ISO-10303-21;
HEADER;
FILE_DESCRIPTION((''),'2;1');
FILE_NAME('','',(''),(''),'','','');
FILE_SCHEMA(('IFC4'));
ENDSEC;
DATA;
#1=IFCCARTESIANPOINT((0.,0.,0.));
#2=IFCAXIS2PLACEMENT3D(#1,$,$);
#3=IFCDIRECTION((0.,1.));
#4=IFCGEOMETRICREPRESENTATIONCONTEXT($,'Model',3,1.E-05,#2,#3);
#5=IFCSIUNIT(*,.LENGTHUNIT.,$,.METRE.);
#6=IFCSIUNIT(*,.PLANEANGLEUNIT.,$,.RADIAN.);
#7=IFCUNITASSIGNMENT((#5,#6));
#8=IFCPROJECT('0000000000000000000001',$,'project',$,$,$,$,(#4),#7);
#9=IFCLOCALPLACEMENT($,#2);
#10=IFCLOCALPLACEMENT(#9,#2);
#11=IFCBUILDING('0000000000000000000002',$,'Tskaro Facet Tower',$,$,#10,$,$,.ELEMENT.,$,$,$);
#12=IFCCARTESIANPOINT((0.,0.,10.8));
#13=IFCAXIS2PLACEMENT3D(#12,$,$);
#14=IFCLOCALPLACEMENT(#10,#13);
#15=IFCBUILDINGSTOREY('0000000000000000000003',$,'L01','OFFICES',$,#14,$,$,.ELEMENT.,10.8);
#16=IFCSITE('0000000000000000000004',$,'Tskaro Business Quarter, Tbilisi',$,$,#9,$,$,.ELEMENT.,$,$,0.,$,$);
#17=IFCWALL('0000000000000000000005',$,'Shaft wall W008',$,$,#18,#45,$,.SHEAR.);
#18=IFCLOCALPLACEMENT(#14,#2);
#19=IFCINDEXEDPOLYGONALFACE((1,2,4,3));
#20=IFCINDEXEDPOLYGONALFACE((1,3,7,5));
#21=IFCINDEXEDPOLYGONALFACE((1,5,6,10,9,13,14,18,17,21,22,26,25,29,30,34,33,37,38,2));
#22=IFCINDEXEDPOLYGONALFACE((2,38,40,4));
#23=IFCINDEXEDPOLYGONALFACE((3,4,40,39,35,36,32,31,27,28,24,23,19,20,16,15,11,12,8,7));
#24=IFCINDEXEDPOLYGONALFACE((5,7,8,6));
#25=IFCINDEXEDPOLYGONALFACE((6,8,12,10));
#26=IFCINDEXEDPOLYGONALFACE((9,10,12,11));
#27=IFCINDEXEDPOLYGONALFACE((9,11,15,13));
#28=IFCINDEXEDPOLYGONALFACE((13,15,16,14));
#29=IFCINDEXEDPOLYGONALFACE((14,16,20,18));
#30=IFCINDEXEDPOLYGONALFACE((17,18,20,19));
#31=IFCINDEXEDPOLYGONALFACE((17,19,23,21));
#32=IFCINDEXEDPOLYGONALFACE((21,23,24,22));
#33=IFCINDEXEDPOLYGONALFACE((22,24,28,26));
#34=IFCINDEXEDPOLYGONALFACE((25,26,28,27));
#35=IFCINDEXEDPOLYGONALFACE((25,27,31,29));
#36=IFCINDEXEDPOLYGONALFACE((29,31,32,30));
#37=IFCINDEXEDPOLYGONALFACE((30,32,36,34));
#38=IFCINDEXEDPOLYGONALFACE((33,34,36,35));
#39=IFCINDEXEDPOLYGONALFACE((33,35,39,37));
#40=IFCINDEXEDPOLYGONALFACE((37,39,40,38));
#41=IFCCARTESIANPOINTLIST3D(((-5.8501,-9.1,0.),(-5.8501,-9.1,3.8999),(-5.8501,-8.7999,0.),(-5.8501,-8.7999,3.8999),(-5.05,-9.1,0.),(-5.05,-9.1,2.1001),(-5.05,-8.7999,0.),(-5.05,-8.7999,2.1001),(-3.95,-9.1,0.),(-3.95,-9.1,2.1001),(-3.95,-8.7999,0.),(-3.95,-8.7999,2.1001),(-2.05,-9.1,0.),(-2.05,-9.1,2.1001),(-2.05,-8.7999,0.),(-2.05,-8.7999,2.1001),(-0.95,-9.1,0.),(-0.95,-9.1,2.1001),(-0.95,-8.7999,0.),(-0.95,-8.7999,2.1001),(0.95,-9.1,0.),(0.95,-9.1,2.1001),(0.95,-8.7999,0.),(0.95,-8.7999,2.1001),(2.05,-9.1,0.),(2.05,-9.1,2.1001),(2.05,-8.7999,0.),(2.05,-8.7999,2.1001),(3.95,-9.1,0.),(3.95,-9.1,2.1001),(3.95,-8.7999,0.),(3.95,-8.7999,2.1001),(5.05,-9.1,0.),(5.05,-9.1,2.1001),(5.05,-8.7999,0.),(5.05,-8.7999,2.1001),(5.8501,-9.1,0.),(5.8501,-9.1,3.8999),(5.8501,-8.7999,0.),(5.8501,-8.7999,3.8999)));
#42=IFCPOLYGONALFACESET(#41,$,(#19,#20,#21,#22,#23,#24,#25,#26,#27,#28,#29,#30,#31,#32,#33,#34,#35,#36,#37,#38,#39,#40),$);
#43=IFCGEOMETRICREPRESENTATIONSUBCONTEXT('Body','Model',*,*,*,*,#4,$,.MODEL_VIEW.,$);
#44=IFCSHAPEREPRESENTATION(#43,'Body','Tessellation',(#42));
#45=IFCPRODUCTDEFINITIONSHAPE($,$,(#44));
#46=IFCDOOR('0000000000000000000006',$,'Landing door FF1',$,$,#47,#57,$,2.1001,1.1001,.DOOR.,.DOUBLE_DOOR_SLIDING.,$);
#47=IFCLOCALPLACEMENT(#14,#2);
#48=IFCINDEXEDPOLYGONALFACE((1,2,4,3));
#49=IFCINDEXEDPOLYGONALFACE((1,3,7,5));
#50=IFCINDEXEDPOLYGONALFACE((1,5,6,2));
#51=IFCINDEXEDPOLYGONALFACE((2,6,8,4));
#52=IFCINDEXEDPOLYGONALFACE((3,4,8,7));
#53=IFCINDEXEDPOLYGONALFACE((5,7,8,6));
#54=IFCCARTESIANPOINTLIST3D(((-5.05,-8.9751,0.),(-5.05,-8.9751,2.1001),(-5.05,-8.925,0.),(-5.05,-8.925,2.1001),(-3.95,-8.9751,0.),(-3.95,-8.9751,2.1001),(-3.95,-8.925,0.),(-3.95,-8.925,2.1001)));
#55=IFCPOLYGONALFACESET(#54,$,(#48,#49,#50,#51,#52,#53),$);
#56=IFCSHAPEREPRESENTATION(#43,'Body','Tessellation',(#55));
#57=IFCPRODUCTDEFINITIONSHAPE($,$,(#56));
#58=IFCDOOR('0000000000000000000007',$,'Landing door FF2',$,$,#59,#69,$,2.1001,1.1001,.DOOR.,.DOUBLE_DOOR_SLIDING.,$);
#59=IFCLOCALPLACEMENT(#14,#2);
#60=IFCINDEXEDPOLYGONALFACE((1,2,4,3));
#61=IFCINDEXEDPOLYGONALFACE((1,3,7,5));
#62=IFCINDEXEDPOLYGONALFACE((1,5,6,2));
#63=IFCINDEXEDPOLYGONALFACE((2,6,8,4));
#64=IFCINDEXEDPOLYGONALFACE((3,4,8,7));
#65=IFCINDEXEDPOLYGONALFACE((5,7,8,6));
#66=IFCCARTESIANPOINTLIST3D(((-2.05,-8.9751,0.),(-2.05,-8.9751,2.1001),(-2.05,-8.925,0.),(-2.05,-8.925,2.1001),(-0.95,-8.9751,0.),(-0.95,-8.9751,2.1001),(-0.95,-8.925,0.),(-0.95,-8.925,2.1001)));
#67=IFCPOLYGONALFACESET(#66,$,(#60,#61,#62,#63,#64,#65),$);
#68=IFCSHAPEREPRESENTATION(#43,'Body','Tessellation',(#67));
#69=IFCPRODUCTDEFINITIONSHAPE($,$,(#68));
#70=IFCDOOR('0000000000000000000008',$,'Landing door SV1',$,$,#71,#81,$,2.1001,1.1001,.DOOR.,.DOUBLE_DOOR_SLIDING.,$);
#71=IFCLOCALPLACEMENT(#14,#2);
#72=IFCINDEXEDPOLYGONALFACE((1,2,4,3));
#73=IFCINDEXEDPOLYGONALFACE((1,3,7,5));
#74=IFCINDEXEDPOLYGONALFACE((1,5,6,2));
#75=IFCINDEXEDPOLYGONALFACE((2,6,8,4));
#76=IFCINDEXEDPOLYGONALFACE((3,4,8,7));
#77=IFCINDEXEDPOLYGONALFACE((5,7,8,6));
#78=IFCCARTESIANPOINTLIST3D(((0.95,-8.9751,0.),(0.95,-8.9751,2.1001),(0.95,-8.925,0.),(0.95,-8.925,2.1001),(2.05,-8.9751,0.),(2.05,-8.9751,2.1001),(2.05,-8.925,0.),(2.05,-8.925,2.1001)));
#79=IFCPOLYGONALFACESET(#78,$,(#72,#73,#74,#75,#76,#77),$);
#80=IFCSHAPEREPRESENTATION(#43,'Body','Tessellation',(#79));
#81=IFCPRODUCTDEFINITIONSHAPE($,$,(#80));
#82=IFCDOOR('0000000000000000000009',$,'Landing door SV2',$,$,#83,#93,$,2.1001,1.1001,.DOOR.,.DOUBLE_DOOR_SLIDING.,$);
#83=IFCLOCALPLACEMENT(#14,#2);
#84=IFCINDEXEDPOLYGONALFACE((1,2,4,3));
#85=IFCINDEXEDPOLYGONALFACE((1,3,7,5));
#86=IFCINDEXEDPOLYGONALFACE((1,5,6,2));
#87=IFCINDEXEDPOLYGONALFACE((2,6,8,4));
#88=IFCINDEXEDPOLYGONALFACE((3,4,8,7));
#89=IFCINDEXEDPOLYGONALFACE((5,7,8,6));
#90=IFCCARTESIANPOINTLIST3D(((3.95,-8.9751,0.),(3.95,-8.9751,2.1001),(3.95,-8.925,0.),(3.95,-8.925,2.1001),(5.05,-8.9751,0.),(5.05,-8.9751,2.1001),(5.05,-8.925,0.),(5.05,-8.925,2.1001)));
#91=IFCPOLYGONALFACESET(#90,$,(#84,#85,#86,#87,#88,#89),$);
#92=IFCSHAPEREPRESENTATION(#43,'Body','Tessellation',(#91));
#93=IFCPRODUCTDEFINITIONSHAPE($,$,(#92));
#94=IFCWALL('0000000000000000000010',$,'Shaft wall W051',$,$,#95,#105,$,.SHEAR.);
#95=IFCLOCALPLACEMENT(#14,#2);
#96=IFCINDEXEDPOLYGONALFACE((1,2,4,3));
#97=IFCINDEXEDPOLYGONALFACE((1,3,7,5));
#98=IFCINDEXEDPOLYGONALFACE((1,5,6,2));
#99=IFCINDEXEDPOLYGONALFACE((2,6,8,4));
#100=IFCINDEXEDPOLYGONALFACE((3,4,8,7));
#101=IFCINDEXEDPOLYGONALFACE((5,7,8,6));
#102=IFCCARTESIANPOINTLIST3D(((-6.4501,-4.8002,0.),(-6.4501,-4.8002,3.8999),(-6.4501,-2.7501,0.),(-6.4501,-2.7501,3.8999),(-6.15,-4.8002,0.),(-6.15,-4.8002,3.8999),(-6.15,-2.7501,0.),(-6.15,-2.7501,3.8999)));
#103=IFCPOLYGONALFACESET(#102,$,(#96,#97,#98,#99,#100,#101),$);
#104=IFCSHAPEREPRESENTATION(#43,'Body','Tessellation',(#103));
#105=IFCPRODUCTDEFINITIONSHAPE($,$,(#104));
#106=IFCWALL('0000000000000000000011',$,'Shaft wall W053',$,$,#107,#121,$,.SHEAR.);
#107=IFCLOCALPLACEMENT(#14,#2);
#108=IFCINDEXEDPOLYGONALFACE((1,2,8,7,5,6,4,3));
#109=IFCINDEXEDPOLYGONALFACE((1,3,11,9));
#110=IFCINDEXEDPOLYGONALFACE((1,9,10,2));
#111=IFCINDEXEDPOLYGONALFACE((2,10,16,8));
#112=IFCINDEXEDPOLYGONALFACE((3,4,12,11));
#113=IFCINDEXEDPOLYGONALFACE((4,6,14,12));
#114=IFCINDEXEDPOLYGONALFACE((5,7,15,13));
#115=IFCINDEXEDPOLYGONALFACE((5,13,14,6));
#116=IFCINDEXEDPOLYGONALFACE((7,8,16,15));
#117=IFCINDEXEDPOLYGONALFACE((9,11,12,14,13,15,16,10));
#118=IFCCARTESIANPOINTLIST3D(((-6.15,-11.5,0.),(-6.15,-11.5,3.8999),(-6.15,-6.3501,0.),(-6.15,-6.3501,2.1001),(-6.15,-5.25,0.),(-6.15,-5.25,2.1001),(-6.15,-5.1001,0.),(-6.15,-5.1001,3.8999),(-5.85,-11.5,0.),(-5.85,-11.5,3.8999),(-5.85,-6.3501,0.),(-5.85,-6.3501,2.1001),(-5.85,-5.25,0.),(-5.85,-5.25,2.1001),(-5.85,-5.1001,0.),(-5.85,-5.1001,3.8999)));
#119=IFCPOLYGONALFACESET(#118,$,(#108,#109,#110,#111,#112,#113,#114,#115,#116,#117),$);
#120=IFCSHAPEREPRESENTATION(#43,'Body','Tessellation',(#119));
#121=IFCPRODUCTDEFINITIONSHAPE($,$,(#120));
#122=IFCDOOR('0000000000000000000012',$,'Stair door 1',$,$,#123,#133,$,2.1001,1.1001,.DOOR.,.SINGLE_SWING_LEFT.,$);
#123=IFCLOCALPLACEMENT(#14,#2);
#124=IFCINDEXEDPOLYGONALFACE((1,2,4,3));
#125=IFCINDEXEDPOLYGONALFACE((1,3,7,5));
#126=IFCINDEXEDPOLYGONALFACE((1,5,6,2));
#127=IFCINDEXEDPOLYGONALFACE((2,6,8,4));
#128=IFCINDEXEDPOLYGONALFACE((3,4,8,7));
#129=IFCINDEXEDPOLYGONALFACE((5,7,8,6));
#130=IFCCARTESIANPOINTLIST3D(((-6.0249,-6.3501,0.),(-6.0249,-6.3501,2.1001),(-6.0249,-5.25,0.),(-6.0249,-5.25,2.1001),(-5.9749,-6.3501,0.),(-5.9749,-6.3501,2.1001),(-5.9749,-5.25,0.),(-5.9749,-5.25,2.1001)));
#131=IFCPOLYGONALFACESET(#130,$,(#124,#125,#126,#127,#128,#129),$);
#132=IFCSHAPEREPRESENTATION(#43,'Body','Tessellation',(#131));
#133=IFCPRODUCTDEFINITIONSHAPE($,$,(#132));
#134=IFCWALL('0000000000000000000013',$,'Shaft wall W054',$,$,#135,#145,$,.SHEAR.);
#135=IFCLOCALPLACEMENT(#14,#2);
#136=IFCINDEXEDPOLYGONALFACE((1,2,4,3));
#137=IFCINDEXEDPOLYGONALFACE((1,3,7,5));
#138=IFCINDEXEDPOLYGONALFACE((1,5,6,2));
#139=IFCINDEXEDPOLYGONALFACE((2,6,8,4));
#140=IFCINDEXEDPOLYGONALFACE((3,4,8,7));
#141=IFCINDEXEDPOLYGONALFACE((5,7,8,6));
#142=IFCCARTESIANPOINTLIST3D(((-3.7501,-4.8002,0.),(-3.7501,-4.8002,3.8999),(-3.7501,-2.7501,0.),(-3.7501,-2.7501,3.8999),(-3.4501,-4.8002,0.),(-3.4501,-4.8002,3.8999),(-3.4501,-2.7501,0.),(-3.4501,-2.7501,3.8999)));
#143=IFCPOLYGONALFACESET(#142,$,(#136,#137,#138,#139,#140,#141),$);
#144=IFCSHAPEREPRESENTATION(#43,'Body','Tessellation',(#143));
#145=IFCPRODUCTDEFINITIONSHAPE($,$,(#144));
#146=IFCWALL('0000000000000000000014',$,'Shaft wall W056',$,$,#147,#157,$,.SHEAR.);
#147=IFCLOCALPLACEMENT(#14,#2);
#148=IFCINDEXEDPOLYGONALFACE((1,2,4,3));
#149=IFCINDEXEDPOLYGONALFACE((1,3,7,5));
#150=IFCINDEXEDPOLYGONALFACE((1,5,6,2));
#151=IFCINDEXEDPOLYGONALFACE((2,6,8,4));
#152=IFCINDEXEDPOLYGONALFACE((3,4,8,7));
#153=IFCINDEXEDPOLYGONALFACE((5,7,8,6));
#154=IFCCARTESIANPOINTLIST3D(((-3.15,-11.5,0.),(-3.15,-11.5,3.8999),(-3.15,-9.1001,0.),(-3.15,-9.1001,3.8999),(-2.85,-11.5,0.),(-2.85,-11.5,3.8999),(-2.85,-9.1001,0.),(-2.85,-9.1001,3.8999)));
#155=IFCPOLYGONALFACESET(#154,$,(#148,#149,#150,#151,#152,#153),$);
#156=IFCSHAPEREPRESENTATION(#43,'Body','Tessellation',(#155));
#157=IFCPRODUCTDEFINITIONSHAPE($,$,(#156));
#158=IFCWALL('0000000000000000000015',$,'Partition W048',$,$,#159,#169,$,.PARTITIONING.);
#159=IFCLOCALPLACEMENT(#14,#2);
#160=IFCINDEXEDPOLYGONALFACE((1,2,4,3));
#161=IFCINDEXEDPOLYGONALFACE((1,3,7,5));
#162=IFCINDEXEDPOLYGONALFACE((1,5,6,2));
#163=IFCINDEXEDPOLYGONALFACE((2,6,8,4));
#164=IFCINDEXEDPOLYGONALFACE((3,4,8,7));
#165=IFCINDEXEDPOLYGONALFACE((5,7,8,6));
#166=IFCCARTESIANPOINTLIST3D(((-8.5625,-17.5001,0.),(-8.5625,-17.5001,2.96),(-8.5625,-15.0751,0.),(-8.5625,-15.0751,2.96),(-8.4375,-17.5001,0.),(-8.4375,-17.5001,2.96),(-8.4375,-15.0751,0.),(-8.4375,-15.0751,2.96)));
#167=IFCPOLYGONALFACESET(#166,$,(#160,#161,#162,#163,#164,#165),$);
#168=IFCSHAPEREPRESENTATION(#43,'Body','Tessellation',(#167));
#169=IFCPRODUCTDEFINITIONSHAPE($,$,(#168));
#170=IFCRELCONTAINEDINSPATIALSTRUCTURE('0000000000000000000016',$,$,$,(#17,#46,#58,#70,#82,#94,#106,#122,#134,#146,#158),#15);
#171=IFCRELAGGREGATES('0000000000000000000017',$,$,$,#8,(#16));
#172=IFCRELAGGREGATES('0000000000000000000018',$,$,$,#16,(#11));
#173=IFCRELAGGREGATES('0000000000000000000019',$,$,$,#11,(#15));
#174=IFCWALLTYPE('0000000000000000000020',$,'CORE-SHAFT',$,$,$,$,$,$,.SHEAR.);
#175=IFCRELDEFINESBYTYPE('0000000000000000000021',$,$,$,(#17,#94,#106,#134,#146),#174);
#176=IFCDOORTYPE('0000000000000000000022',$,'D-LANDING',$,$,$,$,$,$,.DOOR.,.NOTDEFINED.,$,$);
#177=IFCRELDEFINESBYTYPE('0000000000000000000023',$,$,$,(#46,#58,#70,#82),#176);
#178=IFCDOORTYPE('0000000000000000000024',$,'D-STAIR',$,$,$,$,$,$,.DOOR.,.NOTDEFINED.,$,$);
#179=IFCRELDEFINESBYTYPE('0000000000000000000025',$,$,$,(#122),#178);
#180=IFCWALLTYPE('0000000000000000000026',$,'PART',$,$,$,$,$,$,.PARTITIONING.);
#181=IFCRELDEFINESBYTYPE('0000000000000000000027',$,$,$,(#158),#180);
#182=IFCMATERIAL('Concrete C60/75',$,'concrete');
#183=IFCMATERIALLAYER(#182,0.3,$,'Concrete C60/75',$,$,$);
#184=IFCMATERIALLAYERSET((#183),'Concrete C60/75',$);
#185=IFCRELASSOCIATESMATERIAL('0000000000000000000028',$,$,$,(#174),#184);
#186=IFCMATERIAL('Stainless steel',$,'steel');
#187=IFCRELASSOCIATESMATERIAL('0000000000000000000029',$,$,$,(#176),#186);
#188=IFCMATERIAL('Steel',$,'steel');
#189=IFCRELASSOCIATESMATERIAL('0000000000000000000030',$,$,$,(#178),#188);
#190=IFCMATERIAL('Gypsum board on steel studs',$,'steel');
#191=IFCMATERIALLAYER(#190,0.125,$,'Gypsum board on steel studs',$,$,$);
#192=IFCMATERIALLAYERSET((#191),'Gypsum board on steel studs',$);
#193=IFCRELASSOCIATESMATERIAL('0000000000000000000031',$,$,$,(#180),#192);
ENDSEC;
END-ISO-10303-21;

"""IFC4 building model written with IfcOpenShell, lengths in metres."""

from ifc_helpers import new_model, si_unit, direction, frame, frame_2d, origin, place, context, subcontext, project, spatial, rectangle, extrude, material, layer, layer_set, type_object, element, fill, save


model = new_model("IFC4")

# Units and contexts
model_context = context("Model", 3, precision=1e-05, world=origin(), true_north=direction((0.0, 1.0)))
body_context = subcontext(model_context, "Body", "Model", "MODEL_VIEW")
ifc_project = project(units=[si_unit("LENGTHUNIT", "METRE"), si_unit("PLANEANGLEUNIT", "RADIAN")], contexts=[model_context])

# Site, building, storey
site_placement = place(None, origin())
site = spatial("IfcSite", under=ifc_project, at=site_placement, Name="Tskaro Business Quarter, Tbilisi", CompositionType="ELEMENT", RefElevation=0.0)
building_placement = place(site_placement, origin())
building = spatial("IfcBuilding", under=site, at=building_placement, Name="Tskaro Facet Tower", CompositionType="ELEMENT")
storey_placement = place(building_placement, frame((0.0, 0.0, 10.8)))
storey = spatial("IfcBuildingStorey", under=building, at=storey_placement, Name="L01", Description="OFFICES", CompositionType="ELEMENT", Elevation=10.8)

# Wall, openings, doors
ifc_material_1 = material(Name="Concrete C60/75", Category="concrete")
ifc_layer_1 = layer(ifc_material_1, 0.3, Name="Concrete C60/75")
ifc_layer_set_1 = layer_set([ifc_layer_1], Name="Concrete C60/75")
wall_type_1 = type_object("IfcWallType", Name="CORE-SHAFT", PredefinedType="SHEAR", material=ifc_layer_set_1)
wall_1_placement = place(storey_placement, frame((-5.8501, -8.95, 0.0), z_axis=(0.0, 0.0, 1.0), x_axis=(1.0, 0.0, 0.0)))
wall_1 = element("IfcWall", 1, at=wall_1_placement, inside=storey, type_object=wall_type_1, Name="Shaft wall W008", PredefinedType="SHEAR", context=body_context, shape_type="SweptSolid", body=[
    extrude(rectangle(XDim=11.7002, YDim=0.3, at=frame_2d((5.8501, 0.0))), origin(), (0.0, 0.0, 1.0), 3.8999),
])
opening_1_placement = place(wall_1_placement, frame((0.8, 0.0, 0.0)))
opening_1 = element("IfcOpeningElement", 2, at=opening_1_placement, cuts=wall_1, PredefinedType="OPENING", context=body_context, shape_type="SweptSolid", body=[
    extrude(rectangle(XDim=1.1001, YDim=2.1001, at=frame_2d((0.55, 1.05))), frame((0.0, 0.1599, 0.0), z_axis=(0.0, -1.0, 0.0), x_axis=(1.0, 0.0, 0.0)), (0.0, 0.0, 1.0), 0.3201),
])
opening_2_placement = place(wall_1_placement, frame((3.8, 0.0, 0.0)))
opening_2 = element("IfcOpeningElement", 3, at=opening_2_placement, cuts=wall_1, PredefinedType="OPENING", context=body_context, shape_type="SweptSolid", body=[
    extrude(rectangle(XDim=1.1001, YDim=2.1001, at=frame_2d((0.55, 1.05))), frame((0.0, 0.1599, 0.0), z_axis=(0.0, -1.0, 0.0), x_axis=(1.0, 0.0, 0.0)), (0.0, 0.0, 1.0), 0.3201),
])
opening_3_placement = place(wall_1_placement, frame((6.8, 0.0, 0.0)))
opening_3 = element("IfcOpeningElement", 4, at=opening_3_placement, cuts=wall_1, PredefinedType="OPENING", context=body_context, shape_type="SweptSolid", body=[
    extrude(rectangle(XDim=1.1001, YDim=2.1001, at=frame_2d((0.55, 1.05))), frame((0.0, 0.1599, 0.0), z_axis=(0.0, -1.0, 0.0), x_axis=(1.0, 0.0, 0.0)), (0.0, 0.0, 1.0), 0.3201),
])
opening_4_placement = place(wall_1_placement, frame((9.8, 0.0, 0.0)))
opening_4 = element("IfcOpeningElement", 5, at=opening_4_placement, cuts=wall_1, PredefinedType="OPENING", context=body_context, shape_type="SweptSolid", body=[
    extrude(rectangle(XDim=1.1001, YDim=2.1001, at=frame_2d((0.55, 1.05))), frame((0.0, 0.1599, 0.0), z_axis=(0.0, -1.0, 0.0), x_axis=(1.0, 0.0, 0.0)), (0.0, 0.0, 1.0), 0.3201),
])
ifc_material_2 = material(Name="Stainless steel", Category="steel")
door_type_1 = type_object("IfcDoorType", Name="D-LANDING", OperationType="NOTDEFINED", PredefinedType="DOOR", material=ifc_material_2)
door_1_placement = place(opening_1_placement, origin())
door_1 = element("IfcDoor", 6, at=door_1_placement, inside=storey, type_object=door_type_1, Name="Landing door FF1", OperationType="DOUBLE_DOOR_SLIDING", OverallHeight=2.1001, OverallWidth=1.1001, PredefinedType="DOOR", context=body_context, shape_type="SweptSolid", body=[
    extrude(rectangle(XDim=1.1001, YDim=2.1001, at=frame_2d((0.55, 1.05))), frame((0.0, 0.0249, 0.0), z_axis=(0.0, -1.0, 0.0), x_axis=(1.0, 0.0, 0.0)), (0.0, 0.0, 1.0), 0.05),
])
fill(opening_1, door_1)
door_2_placement = place(opening_2_placement, origin())
door_2 = element("IfcDoor", 7, at=door_2_placement, inside=storey, type_object=door_type_1, Name="Landing door FF2", OperationType="DOUBLE_DOOR_SLIDING", OverallHeight=2.1001, OverallWidth=1.1001, PredefinedType="DOOR", context=body_context, shape_type="SweptSolid", body=[
    extrude(rectangle(XDim=1.1001, YDim=2.1001, at=frame_2d((0.55, 1.05))), frame((0.0, 0.0249, 0.0), z_axis=(0.0, -1.0, 0.0), x_axis=(1.0, 0.0, 0.0)), (0.0, 0.0, 1.0), 0.05),
])
fill(opening_2, door_2)
door_3_placement = place(opening_3_placement, origin())
door_3 = element("IfcDoor", 8, at=door_3_placement, inside=storey, type_object=door_type_1, Name="Landing door SV1", OperationType="DOUBLE_DOOR_SLIDING", OverallHeight=2.1001, OverallWidth=1.1001, PredefinedType="DOOR", context=body_context, shape_type="SweptSolid", body=[
    extrude(rectangle(XDim=1.1001, YDim=2.1001, at=frame_2d((0.55, 1.05))), frame((0.0, 0.0249, 0.0), z_axis=(0.0, -1.0, 0.0), x_axis=(1.0, 0.0, 0.0)), (0.0, 0.0, 1.0), 0.05),
])
fill(opening_3, door_3)
door_4_placement = place(opening_4_placement, origin())
door_4 = element("IfcDoor", 9, at=door_4_placement, inside=storey, type_object=door_type_1, Name="Landing door SV2", OperationType="DOUBLE_DOOR_SLIDING", OverallHeight=2.1001, OverallWidth=1.1001, PredefinedType="DOOR", context=body_context, shape_type="SweptSolid", body=[
    extrude(rectangle(XDim=1.1001, YDim=2.1001, at=frame_2d((0.55, 1.05))), frame((0.0, 0.0249, 0.0), z_axis=(0.0, -1.0, 0.0), x_axis=(1.0, 0.0, 0.0)), (0.0, 0.0, 1.0), 0.05),
])
fill(opening_4, door_4)

# Wall
wall_2_placement = place(storey_placement, frame((-6.3, -4.8, 0.0), z_axis=(0.0, 0.0, 1.0), x_axis=(0.0, 1.0, 0.0)))
element("IfcWall", 10, at=wall_2_placement, inside=storey, type_object=wall_type_1, Name="Shaft wall W051", PredefinedType="SHEAR", context=body_context, shape_type="SweptSolid", body=[
    extrude(rectangle(XDim=2.05, YDim=0.3, at=frame_2d((1.0249, 0.0))), origin(), (0.0, 0.0, 1.0), 3.8999),
])

# Wall, opening, door
wall_3_placement = place(storey_placement, frame((-6.0, -11.5, 0.0), z_axis=(0.0, 0.0, 1.0), x_axis=(0.0, 1.0, 0.0)))
wall_3 = element("IfcWall", 11, at=wall_3_placement, inside=storey, type_object=wall_type_1, Name="Shaft wall W053", PredefinedType="SHEAR", context=body_context, shape_type="SweptSolid", body=[
    extrude(rectangle(XDim=6.3999, YDim=0.3, at=frame_2d((3.2, 0.0))), origin(), (0.0, 0.0, 1.0), 3.8999),
])
opening_5_placement = place(wall_3_placement, frame((5.1499, 0.0, 0.0)))
opening_5 = element("IfcOpeningElement", 12, at=opening_5_placement, cuts=wall_3, PredefinedType="OPENING", context=body_context, shape_type="SweptSolid", body=[
    extrude(rectangle(XDim=1.1001, YDim=2.1001, at=frame_2d((0.55, 1.05))), frame((0.0, 0.1599, 0.0), z_axis=(0.0, -1.0, 0.0), x_axis=(1.0, 0.0, 0.0)), (0.0, 0.0, 1.0), 0.3201),
])
ifc_material_3 = material(Name="Steel", Category="steel")
door_type_2 = type_object("IfcDoorType", Name="D-STAIR", OperationType="NOTDEFINED", PredefinedType="DOOR", material=ifc_material_3)
door_5_placement = place(opening_5_placement, origin())
door_5 = element("IfcDoor", 13, at=door_5_placement, inside=storey, type_object=door_type_2, Name="Stair door 1", OperationType="SINGLE_SWING_LEFT", OverallHeight=2.1001, OverallWidth=1.1001, PredefinedType="DOOR", context=body_context, shape_type="SweptSolid", body=[
    extrude(rectangle(XDim=1.1001, YDim=2.1001, at=frame_2d((0.55, 1.05))), frame((0.0, 0.0249, 0.0), z_axis=(0.0, -1.0, 0.0), x_axis=(1.0, 0.0, 0.0)), (0.0, 0.0, 1.0), 0.05),
])
fill(opening_5, door_5)

# Walls
wall_4_placement = place(storey_placement, frame((-3.6001, -4.8, 0.0), z_axis=(0.0, 0.0, 1.0), x_axis=(0.0, 1.0, 0.0)))
element("IfcWall", 14, at=wall_4_placement, inside=storey, type_object=wall_type_1, Name="Shaft wall W054", PredefinedType="SHEAR", context=body_context, shape_type="SweptSolid", body=[
    extrude(rectangle(XDim=2.05, YDim=0.3, at=frame_2d((1.0249, 0.0))), origin(), (0.0, 0.0, 1.0), 3.8999),
])
wall_5_placement = place(storey_placement, frame((-3.0, -11.5, 0.0), z_axis=(0.0, 0.0, 1.0), x_axis=(0.0, 1.0, 0.0)))
element("IfcWall", 15, at=wall_5_placement, inside=storey, type_object=wall_type_1, Name="Shaft wall W056", PredefinedType="SHEAR", context=body_context, shape_type="SweptSolid", body=[
    extrude(rectangle(XDim=2.3999, YDim=0.3, at=frame_2d((1.2, 0.0))), origin(), (0.0, 0.0, 1.0), 3.8999),
])
ifc_material_4 = material(Name="Gypsum board on steel studs", Category="steel")
ifc_layer_2 = layer(ifc_material_4, 0.125, Name="Gypsum board on steel studs")
ifc_layer_set_2 = layer_set([ifc_layer_2], Name="Gypsum board on steel studs")
wall_type_2 = type_object("IfcWallType", Name="PART", PredefinedType="PARTITIONING", material=ifc_layer_set_2)
wall_6_placement = place(storey_placement, frame((-8.5, -17.5, 0.0), z_axis=(0.0, 0.0, 1.0), x_axis=(0.0, 1.0, 0.0)))
element("IfcWall", 16, at=wall_6_placement, inside=storey, type_object=wall_type_2, Name="Partition W048", PredefinedType="PARTITIONING", context=body_context, shape_type="SweptSolid", body=[
    extrude(rectangle(XDim=2.425, YDim=0.125, at=frame_2d((1.2124, 0.0))), origin(), (0.0, 0.0, 1.0), 2.96),
])

save(model, "model.ifc")
